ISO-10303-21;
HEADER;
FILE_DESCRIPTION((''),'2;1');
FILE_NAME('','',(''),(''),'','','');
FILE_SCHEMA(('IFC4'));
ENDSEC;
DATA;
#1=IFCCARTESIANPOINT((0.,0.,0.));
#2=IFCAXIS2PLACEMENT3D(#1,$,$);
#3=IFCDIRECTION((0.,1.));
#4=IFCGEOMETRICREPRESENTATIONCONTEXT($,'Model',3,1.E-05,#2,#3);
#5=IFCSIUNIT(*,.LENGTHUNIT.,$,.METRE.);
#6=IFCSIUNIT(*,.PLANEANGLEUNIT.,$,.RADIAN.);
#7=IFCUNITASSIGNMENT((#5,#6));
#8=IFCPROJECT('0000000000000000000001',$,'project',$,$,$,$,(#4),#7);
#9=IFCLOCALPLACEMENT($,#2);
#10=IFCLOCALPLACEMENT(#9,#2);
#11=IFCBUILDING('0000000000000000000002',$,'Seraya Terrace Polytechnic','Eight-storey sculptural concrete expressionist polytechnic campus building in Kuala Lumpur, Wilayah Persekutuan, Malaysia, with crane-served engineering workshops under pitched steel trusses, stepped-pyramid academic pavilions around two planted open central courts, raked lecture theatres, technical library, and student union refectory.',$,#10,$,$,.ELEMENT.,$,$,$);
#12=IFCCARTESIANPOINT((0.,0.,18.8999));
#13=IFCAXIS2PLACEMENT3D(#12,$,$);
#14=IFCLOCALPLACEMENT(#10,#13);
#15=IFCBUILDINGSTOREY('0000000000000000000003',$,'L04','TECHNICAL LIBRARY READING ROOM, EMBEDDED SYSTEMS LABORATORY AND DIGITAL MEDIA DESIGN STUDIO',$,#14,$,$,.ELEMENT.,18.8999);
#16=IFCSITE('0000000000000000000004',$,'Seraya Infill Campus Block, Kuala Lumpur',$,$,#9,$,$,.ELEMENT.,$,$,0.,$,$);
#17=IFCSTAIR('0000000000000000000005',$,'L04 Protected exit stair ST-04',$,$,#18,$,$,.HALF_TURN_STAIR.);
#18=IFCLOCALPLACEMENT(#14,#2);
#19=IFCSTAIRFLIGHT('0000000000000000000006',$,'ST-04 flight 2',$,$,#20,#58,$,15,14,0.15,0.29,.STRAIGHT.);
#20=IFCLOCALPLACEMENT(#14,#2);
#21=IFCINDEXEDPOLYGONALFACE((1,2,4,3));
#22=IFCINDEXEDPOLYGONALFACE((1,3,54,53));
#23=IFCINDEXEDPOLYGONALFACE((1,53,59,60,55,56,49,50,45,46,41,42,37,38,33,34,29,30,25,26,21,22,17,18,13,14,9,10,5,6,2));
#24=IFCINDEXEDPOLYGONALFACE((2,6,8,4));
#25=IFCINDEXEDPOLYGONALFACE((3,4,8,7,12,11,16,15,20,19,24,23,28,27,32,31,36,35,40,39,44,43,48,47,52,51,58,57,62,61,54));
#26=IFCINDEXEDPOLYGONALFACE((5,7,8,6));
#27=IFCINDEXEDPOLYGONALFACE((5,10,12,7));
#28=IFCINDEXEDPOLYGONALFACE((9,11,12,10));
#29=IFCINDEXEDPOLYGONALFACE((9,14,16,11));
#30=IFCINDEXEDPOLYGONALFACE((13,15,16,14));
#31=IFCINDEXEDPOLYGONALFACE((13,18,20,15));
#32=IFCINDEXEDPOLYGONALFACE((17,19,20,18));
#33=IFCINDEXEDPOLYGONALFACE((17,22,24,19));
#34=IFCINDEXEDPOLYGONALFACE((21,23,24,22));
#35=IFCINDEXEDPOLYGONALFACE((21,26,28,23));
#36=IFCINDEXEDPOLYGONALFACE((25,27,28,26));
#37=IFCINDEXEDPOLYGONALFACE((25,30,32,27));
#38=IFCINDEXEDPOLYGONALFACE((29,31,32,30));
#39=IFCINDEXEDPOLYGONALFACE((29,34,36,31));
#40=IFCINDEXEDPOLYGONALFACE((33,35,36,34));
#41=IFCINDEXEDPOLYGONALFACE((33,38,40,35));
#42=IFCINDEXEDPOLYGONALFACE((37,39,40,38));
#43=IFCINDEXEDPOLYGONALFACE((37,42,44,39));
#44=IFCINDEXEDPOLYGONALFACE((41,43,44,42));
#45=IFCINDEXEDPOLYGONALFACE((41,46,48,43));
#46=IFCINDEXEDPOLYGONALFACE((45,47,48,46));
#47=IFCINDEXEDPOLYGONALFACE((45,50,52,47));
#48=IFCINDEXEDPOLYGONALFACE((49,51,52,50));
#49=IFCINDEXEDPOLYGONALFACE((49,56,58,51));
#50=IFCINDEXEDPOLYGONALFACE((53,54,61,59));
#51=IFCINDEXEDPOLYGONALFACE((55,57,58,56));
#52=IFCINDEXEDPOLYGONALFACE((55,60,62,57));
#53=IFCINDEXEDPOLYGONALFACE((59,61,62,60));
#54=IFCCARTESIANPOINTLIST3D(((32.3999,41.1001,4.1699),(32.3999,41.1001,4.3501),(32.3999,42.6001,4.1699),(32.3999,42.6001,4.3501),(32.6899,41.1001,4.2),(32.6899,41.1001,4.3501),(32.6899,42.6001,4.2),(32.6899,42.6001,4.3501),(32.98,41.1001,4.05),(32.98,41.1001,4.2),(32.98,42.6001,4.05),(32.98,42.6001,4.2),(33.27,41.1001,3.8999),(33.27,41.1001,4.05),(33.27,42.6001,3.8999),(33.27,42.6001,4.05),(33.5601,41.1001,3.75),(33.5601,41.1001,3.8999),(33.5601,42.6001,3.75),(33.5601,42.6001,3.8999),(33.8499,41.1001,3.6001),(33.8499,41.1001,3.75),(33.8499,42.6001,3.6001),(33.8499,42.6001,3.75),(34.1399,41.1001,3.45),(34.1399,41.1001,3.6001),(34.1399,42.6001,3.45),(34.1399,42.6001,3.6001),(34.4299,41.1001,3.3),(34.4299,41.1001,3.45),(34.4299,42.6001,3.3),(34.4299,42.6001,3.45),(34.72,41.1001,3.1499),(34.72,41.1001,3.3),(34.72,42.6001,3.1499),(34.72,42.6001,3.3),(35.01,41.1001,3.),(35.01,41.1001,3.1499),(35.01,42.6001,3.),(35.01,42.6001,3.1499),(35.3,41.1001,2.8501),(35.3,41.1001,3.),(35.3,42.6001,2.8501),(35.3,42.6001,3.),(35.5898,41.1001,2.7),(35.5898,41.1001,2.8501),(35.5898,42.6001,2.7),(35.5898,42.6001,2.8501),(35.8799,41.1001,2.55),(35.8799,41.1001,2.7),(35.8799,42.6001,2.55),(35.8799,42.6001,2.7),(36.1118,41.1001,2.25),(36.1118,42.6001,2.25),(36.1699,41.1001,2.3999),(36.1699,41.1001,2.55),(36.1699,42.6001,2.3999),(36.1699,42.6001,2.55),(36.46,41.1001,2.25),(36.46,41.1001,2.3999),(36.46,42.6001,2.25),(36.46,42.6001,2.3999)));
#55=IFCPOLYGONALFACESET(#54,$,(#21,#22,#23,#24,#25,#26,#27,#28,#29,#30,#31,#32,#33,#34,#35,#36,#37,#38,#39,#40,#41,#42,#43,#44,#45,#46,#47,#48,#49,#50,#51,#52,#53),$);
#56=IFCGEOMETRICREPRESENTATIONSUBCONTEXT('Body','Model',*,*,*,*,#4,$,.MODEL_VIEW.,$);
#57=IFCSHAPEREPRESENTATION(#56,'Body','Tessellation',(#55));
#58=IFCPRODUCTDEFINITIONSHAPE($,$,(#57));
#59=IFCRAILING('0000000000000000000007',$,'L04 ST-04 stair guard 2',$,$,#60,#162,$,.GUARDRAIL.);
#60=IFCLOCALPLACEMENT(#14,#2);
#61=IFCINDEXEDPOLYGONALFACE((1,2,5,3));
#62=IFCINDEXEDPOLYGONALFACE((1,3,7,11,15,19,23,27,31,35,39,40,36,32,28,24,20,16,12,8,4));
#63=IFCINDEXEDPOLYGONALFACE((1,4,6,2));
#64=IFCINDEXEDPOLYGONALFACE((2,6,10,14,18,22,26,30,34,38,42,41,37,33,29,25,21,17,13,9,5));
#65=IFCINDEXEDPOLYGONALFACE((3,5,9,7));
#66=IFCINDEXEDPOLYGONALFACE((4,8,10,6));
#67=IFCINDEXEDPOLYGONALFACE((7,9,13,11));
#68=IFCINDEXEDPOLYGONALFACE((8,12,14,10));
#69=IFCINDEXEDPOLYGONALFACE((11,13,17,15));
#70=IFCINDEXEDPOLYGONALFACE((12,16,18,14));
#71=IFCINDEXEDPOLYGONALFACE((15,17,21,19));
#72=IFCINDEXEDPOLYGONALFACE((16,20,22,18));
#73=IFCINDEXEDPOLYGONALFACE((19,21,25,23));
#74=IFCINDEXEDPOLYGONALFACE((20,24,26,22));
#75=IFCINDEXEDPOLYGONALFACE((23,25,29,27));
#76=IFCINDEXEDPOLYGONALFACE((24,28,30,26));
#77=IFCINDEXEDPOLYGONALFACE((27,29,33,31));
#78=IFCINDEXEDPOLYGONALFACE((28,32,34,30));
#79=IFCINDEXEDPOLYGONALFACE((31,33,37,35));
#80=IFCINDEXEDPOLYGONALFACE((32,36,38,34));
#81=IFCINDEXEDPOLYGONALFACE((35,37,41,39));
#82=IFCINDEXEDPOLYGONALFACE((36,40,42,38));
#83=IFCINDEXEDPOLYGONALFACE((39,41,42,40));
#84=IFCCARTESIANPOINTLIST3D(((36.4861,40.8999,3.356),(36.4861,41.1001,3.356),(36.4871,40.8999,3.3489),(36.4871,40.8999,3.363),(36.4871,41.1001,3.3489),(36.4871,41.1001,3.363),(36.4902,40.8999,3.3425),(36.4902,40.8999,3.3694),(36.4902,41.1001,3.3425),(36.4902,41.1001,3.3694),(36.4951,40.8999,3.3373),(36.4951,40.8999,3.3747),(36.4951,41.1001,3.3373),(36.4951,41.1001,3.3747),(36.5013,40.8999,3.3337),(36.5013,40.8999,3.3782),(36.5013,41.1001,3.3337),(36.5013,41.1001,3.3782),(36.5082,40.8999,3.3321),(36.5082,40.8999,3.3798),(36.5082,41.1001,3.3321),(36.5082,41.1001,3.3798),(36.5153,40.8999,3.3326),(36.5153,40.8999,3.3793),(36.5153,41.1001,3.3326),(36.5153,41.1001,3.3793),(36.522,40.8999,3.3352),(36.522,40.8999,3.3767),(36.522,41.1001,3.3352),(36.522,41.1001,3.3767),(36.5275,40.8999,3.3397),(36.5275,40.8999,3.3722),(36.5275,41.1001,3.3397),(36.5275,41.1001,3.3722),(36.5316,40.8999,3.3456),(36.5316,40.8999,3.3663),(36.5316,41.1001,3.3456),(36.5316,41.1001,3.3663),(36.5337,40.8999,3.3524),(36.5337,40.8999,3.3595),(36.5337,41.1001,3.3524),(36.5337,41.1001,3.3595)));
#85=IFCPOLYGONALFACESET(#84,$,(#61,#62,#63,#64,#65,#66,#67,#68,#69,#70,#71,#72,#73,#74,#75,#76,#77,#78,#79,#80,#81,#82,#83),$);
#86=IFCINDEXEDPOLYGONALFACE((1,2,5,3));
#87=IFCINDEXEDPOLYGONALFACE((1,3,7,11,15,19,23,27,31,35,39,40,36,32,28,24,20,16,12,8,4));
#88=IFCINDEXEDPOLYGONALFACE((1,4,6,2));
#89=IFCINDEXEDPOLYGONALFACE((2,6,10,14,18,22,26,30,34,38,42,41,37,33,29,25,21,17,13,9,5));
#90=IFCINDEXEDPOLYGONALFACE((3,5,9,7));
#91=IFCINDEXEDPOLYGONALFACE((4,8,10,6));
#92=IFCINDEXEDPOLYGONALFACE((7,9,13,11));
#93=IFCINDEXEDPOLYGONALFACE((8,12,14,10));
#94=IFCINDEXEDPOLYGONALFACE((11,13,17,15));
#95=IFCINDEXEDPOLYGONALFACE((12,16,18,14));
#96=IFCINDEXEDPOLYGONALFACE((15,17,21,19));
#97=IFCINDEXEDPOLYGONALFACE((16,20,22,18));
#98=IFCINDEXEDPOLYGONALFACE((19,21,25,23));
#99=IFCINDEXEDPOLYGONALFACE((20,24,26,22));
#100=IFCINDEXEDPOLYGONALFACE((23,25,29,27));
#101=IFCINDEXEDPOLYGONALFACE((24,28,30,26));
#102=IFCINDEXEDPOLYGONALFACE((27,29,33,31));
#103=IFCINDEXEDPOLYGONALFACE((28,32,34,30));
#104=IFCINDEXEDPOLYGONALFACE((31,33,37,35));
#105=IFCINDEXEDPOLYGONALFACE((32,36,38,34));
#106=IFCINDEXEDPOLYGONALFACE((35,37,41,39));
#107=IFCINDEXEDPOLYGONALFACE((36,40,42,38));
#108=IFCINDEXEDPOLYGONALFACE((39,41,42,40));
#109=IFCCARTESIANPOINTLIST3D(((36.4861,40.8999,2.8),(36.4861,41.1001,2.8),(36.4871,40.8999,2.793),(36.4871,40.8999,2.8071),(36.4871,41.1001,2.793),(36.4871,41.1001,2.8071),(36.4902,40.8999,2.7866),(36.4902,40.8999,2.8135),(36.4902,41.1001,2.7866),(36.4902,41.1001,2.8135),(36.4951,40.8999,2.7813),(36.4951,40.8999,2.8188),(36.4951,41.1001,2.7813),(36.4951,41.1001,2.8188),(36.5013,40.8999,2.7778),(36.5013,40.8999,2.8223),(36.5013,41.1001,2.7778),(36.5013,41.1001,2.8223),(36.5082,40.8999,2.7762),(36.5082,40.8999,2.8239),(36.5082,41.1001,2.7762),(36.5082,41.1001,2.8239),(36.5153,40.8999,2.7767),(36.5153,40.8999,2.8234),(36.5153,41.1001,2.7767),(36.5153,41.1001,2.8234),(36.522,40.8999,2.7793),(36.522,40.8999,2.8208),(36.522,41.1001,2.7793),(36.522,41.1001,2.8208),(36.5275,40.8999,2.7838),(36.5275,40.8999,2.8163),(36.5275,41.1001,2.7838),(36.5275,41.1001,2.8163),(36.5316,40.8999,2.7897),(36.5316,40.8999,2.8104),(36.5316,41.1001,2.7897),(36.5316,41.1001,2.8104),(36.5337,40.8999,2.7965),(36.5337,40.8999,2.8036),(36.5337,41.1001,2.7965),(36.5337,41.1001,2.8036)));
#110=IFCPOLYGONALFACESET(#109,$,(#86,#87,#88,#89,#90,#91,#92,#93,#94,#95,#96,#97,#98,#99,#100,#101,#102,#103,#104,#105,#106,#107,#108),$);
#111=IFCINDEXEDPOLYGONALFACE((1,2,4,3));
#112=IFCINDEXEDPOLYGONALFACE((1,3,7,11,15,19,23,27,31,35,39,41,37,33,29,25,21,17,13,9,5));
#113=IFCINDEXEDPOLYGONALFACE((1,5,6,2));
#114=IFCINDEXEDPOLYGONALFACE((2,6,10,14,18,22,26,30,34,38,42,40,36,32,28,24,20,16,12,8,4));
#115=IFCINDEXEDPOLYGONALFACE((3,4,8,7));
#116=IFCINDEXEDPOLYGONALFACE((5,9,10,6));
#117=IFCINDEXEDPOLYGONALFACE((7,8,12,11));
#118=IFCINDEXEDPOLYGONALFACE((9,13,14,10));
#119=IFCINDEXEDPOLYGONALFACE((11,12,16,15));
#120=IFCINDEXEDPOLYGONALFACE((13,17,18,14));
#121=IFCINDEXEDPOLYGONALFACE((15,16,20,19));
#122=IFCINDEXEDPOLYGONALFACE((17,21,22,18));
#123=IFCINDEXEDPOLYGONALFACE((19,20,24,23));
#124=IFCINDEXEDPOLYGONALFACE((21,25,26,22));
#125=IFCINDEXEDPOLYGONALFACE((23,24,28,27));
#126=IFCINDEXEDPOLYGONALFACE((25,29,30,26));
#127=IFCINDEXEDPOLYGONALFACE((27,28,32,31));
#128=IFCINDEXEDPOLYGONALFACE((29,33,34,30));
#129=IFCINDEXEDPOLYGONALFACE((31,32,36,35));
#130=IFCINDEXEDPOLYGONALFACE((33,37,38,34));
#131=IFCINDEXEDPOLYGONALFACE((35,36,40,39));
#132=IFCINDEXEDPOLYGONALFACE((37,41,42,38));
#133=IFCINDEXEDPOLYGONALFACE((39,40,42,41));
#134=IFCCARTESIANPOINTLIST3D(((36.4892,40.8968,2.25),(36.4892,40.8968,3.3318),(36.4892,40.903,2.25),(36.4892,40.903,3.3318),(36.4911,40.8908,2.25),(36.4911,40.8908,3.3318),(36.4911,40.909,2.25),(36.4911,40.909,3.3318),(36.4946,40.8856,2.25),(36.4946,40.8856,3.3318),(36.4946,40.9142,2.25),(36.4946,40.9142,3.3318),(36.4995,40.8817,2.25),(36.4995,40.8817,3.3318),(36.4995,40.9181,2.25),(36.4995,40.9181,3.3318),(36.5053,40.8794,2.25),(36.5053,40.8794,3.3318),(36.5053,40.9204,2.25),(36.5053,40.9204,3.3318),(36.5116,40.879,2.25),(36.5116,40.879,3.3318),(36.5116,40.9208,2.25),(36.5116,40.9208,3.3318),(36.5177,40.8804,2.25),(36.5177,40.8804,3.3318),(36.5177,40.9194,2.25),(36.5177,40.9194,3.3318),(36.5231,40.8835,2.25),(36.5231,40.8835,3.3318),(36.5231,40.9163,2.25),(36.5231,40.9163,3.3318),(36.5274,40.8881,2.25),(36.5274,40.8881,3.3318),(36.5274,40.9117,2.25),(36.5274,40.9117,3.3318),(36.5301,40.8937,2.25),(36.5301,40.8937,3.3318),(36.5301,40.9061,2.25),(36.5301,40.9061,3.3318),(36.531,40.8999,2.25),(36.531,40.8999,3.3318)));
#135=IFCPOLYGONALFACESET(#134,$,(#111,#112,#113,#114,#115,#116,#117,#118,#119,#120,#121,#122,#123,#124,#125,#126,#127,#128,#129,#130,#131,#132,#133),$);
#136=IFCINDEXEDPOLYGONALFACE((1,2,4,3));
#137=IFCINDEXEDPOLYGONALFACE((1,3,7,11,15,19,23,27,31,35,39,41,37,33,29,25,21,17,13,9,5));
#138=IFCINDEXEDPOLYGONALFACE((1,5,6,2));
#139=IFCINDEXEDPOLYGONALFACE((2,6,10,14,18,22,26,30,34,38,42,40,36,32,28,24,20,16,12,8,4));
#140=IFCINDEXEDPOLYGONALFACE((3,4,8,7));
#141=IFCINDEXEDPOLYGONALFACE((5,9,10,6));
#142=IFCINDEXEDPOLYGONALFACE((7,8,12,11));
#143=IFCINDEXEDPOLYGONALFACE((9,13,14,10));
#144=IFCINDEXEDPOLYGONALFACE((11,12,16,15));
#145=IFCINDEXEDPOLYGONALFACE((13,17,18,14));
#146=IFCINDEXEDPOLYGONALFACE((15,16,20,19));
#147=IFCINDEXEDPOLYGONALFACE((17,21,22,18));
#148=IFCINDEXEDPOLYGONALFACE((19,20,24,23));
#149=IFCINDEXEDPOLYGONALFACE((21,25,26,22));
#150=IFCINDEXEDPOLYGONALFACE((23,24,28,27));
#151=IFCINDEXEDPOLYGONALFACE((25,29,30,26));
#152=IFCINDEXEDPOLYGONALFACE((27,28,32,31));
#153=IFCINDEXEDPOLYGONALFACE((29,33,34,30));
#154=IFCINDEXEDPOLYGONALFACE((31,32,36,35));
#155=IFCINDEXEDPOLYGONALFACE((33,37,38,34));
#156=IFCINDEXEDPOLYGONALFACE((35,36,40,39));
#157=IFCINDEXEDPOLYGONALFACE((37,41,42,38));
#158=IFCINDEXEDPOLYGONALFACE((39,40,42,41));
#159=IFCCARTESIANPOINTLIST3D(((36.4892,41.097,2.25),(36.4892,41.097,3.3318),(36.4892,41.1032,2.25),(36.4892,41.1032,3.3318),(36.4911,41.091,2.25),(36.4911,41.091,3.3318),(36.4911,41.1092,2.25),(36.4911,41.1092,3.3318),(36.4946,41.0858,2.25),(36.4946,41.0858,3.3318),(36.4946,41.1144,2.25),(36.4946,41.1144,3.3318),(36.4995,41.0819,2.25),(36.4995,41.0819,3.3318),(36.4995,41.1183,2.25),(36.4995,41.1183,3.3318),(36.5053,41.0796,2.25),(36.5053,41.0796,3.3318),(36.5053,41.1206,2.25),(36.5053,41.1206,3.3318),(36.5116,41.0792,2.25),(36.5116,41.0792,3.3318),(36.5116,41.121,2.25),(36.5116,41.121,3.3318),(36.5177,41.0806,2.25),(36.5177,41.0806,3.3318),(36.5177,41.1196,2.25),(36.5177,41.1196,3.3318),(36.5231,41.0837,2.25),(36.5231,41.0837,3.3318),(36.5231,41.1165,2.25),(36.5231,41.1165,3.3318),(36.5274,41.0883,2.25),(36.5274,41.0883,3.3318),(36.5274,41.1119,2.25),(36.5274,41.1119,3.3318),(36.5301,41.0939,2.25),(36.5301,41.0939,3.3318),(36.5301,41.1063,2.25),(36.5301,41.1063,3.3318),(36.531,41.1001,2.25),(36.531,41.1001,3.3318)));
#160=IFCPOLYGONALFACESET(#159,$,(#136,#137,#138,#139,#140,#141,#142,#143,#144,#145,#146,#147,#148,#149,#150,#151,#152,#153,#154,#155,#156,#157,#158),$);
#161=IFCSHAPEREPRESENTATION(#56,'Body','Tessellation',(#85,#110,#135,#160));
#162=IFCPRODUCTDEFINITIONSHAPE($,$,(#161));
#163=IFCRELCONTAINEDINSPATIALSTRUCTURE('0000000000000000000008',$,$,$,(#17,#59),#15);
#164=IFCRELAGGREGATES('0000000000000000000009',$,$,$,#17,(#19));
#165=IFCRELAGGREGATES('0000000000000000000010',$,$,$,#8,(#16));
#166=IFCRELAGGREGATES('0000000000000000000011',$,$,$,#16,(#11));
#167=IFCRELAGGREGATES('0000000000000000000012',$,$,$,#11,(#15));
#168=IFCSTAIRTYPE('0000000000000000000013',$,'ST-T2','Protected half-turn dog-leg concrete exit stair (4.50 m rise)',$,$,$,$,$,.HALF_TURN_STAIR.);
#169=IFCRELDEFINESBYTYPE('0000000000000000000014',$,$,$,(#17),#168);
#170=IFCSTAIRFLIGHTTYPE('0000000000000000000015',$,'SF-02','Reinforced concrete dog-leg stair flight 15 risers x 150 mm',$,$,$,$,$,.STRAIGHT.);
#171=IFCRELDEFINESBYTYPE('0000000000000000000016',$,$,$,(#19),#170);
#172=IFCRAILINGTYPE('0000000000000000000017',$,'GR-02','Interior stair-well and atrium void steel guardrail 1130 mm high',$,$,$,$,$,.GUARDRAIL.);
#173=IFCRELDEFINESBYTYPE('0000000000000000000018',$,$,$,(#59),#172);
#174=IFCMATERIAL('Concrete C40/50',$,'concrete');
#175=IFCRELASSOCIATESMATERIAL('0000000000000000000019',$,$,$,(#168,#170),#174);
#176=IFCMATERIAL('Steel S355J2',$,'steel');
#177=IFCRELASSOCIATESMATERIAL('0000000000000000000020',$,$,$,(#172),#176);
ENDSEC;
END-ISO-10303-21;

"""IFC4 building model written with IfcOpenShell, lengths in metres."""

from ifc_helpers import new_model, si_unit, direction, frame, origin, origin_2d, place, context, subcontext, project, spatial, polyline, circle, outline, extrude, material, type_object, element, aggregate, save


model = new_model("IFC4")

# Units and contexts
model_context = context("Model", 3, precision=1e-05, world=origin(), true_north=direction((0.0, 1.0)))
body_context = subcontext(model_context, "Body", "Model", "MODEL_VIEW")
ifc_project = project(units=[si_unit("LENGTHUNIT", "METRE"), si_unit("PLANEANGLEUNIT", "RADIAN")], contexts=[model_context])

# Site, building, storey
site_placement = place(None, origin())
site = spatial("IfcSite", under=ifc_project, at=site_placement, Name="Seraya Infill Campus Block, Kuala Lumpur", CompositionType="ELEMENT", RefElevation=0.0)
building_placement = place(site_placement, origin())
building = spatial("IfcBuilding", under=site, at=building_placement, Name="Seraya Terrace Polytechnic", Description="Eight-storey sculptural concrete expressionist polytechnic campus building in Kuala Lumpur, Wilayah Persekutuan, Malaysia, with crane-served engineering workshops under pitched steel trusses, stepped-pyramid academic pavilions around two planted open central courts, raked lecture theatres, technical library, and student union refectory.", CompositionType="ELEMENT")
storey_placement = place(building_placement, frame((0.0, 0.0, 18.8999)))
storey = spatial("IfcBuildingStorey", under=building, at=storey_placement, Name="L04", Description="TECHNICAL LIBRARY READING ROOM, EMBEDDED SYSTEMS LABORATORY AND DIGITAL MEDIA DESIGN STUDIO", CompositionType="ELEMENT", Elevation=18.8999)

# Shared definitions
ifc_material_1 = material(Name="Concrete C40/50", Category="concrete")

# Shared definitions
ifc_material_2 = material(Name="Steel S355J2", Category="steel")

# Stair, stair flight
stair_type = type_object("IfcStairType", Name="ST-T2", Description="Protected half-turn dog-leg concrete exit stair (4.50 m rise)", PredefinedType="HALF_TURN_STAIR", material=ifc_material_1)
stair_placement = place(storey_placement, origin())
stair = element("IfcStair", 1, at=stair_placement, inside=storey, type_object=stair_type, Name="L04 Protected exit stair ST-04", PredefinedType="HALF_TURN_STAIR")
stair_flight_type = type_object("IfcStairFlightType", Name="SF-02", Description="Reinforced concrete dog-leg stair flight 15 risers x 150 mm", PredefinedType="STRAIGHT", material=ifc_material_1)
stair_flight_placement = place(storey_placement, frame((36.46, 41.8501, 2.25), z_axis=(0.0, 0.0, 1.0), x_axis=(-1.0, 0.0, 0.0)))
stair_flight = element("IfcStairFlight", 2, at=stair_flight_placement, type_object=stair_flight_type, Name="ST-04 flight 2", NumberOfRisers=15, NumberOfTreads=14, PredefinedType="STRAIGHT", RiserHeight=0.15, TreadLength=0.29, context=body_context, shape_type="SweptSolid", body=[
    extrude(outline(polyline([(0.0, 0.0), (0.0, 0.1499), (0.29, 0.1499), (0.29, 0.3), (0.5801, 0.3), (0.5801, 0.45), (0.8701, 0.45), (0.8701, 0.6001), (1.1599, 0.6001), (1.1599, 0.75), (1.45, 0.75), (1.45, 0.8999), (1.74, 0.8999), (1.74, 1.05), (2.03, 1.05), (2.03, 1.2), (2.3201, 1.2), (2.3201, 1.3501), (2.6101, 1.3501), (2.6101, 1.5), (2.8999, 1.5), (2.8999, 1.6499), (3.1899, 1.6499), (3.1899, 1.8), (3.48, 1.8), (3.48, 1.95), (3.77, 1.95), (3.77, 2.1001), (4.0601, 2.1001), (4.0601, 2.25), (4.0601, 1.9199), (0.3481, 0.0), (0.0, 0.0)])), frame((0.0, 0.75, 0.0), z_axis=(0.0, -1.0, 0.0), x_axis=(1.0, 0.0, 0.0)), (0.0, 0.0, 1.0), 1.5),
])
aggregate(stair, [stair_flight])

# Railing
railing_type_1 = type_object("IfcRailingType", Name="GR-02", Description="Interior stair-well and atrium void steel guardrail 1130 mm high", PredefinedType="GUARDRAIL", material=ifc_material_2)
railing_1_placement = place(storey_placement, frame((36.51, 40.8999, 2.25)))
element("IfcRailing", 3, at=railing_1_placement, inside=storey, type_object=railing_type_1, Name="L04 ST-04 stair guard 2", PredefinedType="GUARDRAIL", context=body_context, shape_type="SweptSolid", body=[
    extrude(circle(Radius=0.0239, at=origin_2d()), frame((0.0, 0.0, 1.106), z_axis=(0.0, 1.0, 0.0), x_axis=(-1.0, 0.0, 0.0)), (0.0, 0.0, 1.0), 0.2002),
    extrude(circle(Radius=0.0239, at=origin_2d()), frame((0.0, 0.0, 0.55), z_axis=(0.0, 1.0, 0.0), x_axis=(-1.0, 0.0, 0.0)), (0.0, 0.0, 1.0), 0.2002),
    extrude(circle(Radius=0.021, at=origin_2d()), origin(), (0.0, 0.0, 1.0), 1.0818),
    extrude(circle(Radius=0.021, at=origin_2d()), frame((0.0, 0.2002, 0.0)), (0.0, 0.0, 1.0), 1.0818),
])

save(model, "model.ifc")
